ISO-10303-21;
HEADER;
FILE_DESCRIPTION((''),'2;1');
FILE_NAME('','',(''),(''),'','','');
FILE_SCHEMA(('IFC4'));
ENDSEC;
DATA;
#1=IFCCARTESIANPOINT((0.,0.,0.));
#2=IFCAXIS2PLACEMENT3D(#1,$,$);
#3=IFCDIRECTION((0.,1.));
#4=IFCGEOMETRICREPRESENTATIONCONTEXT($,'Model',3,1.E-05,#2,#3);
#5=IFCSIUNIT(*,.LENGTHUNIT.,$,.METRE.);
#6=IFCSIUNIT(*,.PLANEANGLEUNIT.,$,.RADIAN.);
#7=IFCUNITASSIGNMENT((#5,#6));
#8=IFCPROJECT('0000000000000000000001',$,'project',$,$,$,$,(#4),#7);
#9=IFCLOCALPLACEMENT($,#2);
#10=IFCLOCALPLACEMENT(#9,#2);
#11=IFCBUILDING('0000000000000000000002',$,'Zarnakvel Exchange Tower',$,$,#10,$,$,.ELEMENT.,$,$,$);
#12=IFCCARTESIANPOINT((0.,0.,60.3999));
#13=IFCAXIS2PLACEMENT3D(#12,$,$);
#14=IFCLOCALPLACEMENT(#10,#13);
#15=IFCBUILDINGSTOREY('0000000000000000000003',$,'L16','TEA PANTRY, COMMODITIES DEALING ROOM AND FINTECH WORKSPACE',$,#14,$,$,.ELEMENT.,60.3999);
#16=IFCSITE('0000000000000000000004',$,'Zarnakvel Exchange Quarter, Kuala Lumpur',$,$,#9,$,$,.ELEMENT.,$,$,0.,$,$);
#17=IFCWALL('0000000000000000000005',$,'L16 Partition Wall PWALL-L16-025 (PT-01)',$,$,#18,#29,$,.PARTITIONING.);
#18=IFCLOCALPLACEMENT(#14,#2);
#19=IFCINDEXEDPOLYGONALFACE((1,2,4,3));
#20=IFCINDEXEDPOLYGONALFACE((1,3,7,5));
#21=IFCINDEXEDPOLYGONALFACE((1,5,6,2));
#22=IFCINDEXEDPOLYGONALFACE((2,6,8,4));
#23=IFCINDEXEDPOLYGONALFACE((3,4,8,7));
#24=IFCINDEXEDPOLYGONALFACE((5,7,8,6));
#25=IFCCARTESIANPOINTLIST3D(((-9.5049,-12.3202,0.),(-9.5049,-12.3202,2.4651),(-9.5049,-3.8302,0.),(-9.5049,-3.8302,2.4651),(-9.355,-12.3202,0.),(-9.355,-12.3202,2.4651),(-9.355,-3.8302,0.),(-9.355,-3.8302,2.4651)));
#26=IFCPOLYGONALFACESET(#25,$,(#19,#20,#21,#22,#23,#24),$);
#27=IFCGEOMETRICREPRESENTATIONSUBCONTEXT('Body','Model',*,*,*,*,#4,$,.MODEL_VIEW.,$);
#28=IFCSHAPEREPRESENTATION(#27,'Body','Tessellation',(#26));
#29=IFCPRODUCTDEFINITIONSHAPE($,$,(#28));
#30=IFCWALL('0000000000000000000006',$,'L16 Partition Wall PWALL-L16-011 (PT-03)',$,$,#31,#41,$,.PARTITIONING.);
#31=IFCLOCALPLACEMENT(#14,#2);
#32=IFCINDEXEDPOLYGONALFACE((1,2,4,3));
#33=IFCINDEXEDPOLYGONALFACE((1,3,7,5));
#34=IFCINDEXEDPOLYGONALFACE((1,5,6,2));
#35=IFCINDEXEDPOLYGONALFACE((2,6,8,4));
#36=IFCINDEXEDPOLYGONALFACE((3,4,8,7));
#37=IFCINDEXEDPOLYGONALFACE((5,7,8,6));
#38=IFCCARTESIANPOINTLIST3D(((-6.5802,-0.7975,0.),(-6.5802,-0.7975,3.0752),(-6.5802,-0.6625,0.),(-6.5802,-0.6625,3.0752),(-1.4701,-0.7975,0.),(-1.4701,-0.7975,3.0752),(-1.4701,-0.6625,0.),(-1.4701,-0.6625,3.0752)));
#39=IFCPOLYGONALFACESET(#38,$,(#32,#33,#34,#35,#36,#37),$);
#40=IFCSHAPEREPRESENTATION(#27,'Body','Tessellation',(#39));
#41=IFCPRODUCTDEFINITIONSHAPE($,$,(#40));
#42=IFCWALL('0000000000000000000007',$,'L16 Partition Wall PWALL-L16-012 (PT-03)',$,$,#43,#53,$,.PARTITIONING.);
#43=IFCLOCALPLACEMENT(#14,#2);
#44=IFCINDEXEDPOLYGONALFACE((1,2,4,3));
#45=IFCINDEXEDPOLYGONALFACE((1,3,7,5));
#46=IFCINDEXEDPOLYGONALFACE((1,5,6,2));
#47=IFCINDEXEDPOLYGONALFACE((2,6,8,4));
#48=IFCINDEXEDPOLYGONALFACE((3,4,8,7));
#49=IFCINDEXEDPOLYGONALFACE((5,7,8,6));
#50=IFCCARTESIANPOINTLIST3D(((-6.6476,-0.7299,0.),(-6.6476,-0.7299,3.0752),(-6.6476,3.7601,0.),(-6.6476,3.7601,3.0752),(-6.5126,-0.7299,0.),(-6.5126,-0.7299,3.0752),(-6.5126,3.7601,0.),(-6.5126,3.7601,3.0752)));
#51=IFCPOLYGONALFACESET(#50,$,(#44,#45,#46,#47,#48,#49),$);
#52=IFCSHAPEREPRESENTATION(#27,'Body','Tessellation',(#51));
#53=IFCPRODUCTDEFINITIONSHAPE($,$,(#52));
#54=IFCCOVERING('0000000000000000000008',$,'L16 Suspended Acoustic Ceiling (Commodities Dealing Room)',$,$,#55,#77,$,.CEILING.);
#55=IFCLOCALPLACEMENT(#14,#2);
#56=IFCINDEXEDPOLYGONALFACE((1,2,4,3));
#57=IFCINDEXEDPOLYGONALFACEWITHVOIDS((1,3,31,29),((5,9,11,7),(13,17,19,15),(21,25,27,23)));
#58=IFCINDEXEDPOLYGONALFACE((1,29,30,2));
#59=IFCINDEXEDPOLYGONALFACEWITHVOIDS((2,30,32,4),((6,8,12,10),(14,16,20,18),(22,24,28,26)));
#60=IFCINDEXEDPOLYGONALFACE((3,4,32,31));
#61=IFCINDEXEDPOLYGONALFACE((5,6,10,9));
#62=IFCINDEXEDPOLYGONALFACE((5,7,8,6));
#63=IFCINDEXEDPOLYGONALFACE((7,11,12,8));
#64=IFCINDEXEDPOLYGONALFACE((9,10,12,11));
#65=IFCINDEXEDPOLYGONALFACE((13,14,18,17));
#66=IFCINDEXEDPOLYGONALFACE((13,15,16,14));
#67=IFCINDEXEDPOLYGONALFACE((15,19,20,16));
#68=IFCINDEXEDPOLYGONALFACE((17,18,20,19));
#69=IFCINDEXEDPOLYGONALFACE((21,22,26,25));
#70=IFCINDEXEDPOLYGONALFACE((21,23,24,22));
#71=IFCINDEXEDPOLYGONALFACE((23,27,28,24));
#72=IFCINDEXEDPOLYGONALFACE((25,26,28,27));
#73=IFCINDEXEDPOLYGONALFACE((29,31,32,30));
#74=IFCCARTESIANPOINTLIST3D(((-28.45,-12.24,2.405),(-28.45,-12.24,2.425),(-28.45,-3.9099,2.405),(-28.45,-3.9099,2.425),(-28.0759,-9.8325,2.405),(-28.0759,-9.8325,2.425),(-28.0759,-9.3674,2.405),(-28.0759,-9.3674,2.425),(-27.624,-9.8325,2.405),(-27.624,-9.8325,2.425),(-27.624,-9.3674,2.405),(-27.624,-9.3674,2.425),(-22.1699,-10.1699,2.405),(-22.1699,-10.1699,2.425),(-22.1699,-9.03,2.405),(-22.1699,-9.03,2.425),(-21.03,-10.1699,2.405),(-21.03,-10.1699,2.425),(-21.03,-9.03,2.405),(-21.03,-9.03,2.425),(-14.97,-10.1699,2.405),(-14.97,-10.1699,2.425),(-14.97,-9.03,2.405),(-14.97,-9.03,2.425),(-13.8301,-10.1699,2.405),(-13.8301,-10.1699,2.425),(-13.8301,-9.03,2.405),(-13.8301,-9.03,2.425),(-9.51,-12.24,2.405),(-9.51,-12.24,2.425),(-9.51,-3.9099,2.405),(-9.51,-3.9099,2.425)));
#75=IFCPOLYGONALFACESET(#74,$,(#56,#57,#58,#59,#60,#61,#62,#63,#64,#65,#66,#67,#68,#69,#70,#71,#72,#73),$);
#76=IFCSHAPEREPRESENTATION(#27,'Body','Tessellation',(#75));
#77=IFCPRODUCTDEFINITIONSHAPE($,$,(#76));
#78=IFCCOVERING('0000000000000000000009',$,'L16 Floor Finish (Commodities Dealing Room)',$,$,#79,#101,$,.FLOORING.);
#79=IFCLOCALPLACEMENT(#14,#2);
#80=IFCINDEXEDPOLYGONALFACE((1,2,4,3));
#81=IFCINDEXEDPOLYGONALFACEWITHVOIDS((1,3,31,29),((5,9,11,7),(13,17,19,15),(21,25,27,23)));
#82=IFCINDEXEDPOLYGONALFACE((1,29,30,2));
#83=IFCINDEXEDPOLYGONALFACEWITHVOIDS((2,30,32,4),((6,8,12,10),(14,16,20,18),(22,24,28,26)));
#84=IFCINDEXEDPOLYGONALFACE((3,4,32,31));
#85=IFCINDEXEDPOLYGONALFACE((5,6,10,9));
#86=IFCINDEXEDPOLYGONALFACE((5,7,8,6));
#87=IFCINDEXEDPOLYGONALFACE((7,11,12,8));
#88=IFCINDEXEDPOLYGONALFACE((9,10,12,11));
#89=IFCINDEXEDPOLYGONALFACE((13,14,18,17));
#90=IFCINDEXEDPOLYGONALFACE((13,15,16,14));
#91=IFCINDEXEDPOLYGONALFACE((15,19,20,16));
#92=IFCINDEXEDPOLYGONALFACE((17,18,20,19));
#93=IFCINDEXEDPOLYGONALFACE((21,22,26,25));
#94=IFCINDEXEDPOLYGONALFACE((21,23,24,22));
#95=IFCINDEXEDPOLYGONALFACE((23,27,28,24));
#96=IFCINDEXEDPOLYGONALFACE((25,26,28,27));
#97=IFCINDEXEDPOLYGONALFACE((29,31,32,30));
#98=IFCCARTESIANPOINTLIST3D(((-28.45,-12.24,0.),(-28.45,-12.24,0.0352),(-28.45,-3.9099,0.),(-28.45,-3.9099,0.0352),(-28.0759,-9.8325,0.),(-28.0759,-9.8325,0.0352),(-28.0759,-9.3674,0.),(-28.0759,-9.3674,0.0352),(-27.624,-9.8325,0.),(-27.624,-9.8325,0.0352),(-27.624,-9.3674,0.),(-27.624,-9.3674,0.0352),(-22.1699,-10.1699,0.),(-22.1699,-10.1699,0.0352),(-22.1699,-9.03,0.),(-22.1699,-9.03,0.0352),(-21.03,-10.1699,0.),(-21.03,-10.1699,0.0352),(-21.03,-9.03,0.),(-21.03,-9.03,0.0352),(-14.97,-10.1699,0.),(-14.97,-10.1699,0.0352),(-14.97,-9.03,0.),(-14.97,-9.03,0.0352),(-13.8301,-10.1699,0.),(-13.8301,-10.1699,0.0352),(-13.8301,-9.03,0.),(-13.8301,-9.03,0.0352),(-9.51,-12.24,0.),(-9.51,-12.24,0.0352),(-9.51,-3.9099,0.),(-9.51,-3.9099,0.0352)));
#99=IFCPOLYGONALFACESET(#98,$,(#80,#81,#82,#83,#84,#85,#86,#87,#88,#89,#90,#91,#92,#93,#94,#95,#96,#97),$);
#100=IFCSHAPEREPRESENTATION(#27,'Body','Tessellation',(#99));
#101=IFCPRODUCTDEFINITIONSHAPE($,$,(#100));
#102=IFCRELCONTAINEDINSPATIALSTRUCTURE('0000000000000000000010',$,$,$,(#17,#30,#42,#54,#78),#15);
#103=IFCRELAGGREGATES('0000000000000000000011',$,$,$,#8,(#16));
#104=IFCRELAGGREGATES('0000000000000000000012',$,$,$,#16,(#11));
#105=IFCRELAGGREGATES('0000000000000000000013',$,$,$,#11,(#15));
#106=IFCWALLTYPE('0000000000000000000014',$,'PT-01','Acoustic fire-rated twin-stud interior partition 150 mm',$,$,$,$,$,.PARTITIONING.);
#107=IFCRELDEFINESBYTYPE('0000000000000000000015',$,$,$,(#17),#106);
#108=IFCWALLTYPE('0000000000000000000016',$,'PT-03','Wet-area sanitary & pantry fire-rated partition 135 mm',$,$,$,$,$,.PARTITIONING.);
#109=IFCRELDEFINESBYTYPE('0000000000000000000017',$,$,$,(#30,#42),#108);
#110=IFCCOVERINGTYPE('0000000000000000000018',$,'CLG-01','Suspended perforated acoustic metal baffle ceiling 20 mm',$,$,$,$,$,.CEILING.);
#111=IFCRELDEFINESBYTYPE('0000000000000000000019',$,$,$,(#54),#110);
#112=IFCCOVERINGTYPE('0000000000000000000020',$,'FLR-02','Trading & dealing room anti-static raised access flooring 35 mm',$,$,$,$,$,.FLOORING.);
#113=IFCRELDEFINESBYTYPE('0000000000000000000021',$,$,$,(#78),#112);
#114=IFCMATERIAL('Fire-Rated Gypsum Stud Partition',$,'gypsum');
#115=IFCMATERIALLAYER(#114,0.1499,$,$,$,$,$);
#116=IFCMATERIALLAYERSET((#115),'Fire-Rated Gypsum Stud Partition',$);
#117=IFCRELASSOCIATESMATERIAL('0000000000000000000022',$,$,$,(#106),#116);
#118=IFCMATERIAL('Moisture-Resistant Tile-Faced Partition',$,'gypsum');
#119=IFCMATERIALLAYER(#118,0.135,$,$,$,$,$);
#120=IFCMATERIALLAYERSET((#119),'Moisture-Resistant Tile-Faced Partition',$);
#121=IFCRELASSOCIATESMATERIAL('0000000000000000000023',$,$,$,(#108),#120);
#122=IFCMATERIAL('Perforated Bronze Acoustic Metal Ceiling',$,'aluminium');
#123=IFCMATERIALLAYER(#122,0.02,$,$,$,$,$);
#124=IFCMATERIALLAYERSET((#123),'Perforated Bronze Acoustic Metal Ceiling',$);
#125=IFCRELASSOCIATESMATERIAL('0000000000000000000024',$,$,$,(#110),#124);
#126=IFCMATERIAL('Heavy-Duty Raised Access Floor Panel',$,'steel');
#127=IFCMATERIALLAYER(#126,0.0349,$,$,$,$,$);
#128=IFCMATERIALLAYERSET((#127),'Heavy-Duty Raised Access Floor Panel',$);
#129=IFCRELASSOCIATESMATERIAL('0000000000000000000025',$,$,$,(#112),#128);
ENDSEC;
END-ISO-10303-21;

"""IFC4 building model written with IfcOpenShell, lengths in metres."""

from ifc_helpers import new_model, si_unit, direction, frame, frame_2d, origin, place, context, subcontext, project, spatial, polyline, rectangle, outline, extrude, material, layer, layer_set, type_object, element, save


model = new_model("IFC4")

# Units and contexts
model_context = context("Model", 3, precision=1e-05, world=origin(), true_north=direction((0.0, 1.0)))
body_context = subcontext(model_context, "Body", "Model", "MODEL_VIEW")
ifc_project = project(units=[si_unit("LENGTHUNIT", "METRE"), si_unit("PLANEANGLEUNIT", "RADIAN")], contexts=[model_context])

# Site, building, storey
site_placement = place(None, origin())
site = spatial("IfcSite", under=ifc_project, at=site_placement, Name="Zarnakvel Exchange Quarter, Kuala Lumpur", CompositionType="ELEMENT", RefElevation=0.0)
building_placement = place(site_placement, origin())
building = spatial("IfcBuilding", under=site, at=building_placement, Name="Zarnakvel Exchange Tower", CompositionType="ELEMENT")
storey_placement = place(building_placement, frame((0.0, 0.0, 60.3999)))
storey = spatial("IfcBuildingStorey", under=building, at=storey_placement, Name="L16", Description="TEA PANTRY, COMMODITIES DEALING ROOM AND FINTECH WORKSPACE", CompositionType="ELEMENT", Elevation=60.3999)

# Walls
ifc_material_1 = material(Name="Fire-Rated Gypsum Stud Partition", Category="gypsum")
ifc_layer_1 = layer(ifc_material_1, 0.1499)
ifc_layer_set_1 = layer_set([ifc_layer_1], Name="Fire-Rated Gypsum Stud Partition")
wall_type_1 = type_object("IfcWallType", Name="PT-01", Description="Acoustic fire-rated twin-stud interior partition 150 mm", PredefinedType="PARTITIONING", material=ifc_layer_set_1)
wall_1_placement = place(storey_placement, frame((-9.4299, -3.8301, 0.0), z_axis=(0.0, 0.0, 1.0), x_axis=(0.0, -1.0, 0.0)))
element("IfcWall", 1, at=wall_1_placement, inside=storey, type_object=wall_type_1, Name="L16 Partition Wall PWALL-L16-025 (PT-01)", PredefinedType="PARTITIONING", context=body_context, shape_type="SweptSolid", body=[
    extrude(rectangle(XDim=8.49, YDim=0.1499, at=frame_2d((4.2451, 0.0))), origin(), (0.0, 0.0, 1.0), 2.4651),
])
ifc_material_2 = material(Name="Moisture-Resistant Tile-Faced Partition", Category="gypsum")
ifc_layer_2 = layer(ifc_material_2, 0.135)
ifc_layer_set_2 = layer_set([ifc_layer_2], Name="Moisture-Resistant Tile-Faced Partition")
wall_type_2 = type_object("IfcWallType", Name="PT-03", Description="Wet-area sanitary & pantry fire-rated partition 135 mm", PredefinedType="PARTITIONING", material=ifc_layer_set_2)
wall_2_placement = place(storey_placement, frame((-1.47, -0.73, 0.0), z_axis=(0.0, 0.0, 1.0), x_axis=(-1.0, 0.0, 0.0)))
element("IfcWall", 2, at=wall_2_placement, inside=storey, type_object=wall_type_2, Name="L16 Partition Wall PWALL-L16-011 (PT-03)", PredefinedType="PARTITIONING", context=body_context, shape_type="SweptSolid", body=[
    extrude(rectangle(XDim=5.1101, YDim=0.135, at=frame_2d((2.5552, 0.0))), origin(), (0.0, 0.0, 1.0), 3.0752),
])
wall_3_placement = place(storey_placement, frame((-6.5801, -0.73, 0.0), z_axis=(0.0, 0.0, 1.0), x_axis=(0.0, 1.0, 0.0)))
element("IfcWall", 3, at=wall_3_placement, inside=storey, type_object=wall_type_2, Name="L16 Partition Wall PWALL-L16-012 (PT-03)", PredefinedType="PARTITIONING", context=body_context, shape_type="SweptSolid", body=[
    extrude(rectangle(XDim=4.49, YDim=0.135, at=frame_2d((2.2451, 0.0))), origin(), (0.0, 0.0, 1.0), 3.0752),
])

# Coverings
ifc_material_3 = material(Name="Perforated Bronze Acoustic Metal Ceiling", Category="aluminium")
ifc_layer_3 = layer(ifc_material_3, 0.02)
ifc_layer_set_3 = layer_set([ifc_layer_3], Name="Perforated Bronze Acoustic Metal Ceiling")
covering_type_1 = type_object("IfcCoveringType", Name="CLG-01", Description="Suspended perforated acoustic metal baffle ceiling 20 mm", PredefinedType="CEILING", material=ifc_layer_set_3)
covering_1_placement = place(storey_placement, frame((0.0, 0.0, 2.405)))
element("IfcCovering", 4, at=covering_1_placement, inside=storey, type_object=covering_type_1, Name="L16 Suspended Acoustic Ceiling (Commodities Dealing Room)", PredefinedType="CEILING", context=body_context, shape_type="SweptSolid", body=[
    extrude(outline(polyline([(-28.45, -3.9099), (-9.51, -3.9099), (-9.51, -12.24), (-28.45, -12.24), (-28.45, -3.9099)]), holes=[polyline([(-13.8301, -10.1699), (-13.8301, -9.03), (-14.97, -9.03), (-14.97, -10.1699), (-13.8301, -10.1699)]), polyline([(-21.03, -10.1699), (-21.03, -9.03), (-22.1699, -9.03), (-22.1699, -10.1699), (-21.03, -10.1699)]), polyline([(-28.0759, -9.8325), (-27.624, -9.8325), (-27.624, -9.3674), (-28.0759, -9.3674), (-28.0759, -9.8325)])]), origin(), (0.0, 0.0, 1.0), 0.02),
])
ifc_material_4 = material(Name="Heavy-Duty Raised Access Floor Panel", Category="steel")
ifc_layer_4 = layer(ifc_material_4, 0.0349)
ifc_layer_set_4 = layer_set([ifc_layer_4], Name="Heavy-Duty Raised Access Floor Panel")
covering_type_2 = type_object("IfcCoveringType", Name="FLR-02", Description="Trading & dealing room anti-static raised access flooring 35 mm", PredefinedType="FLOORING", material=ifc_layer_set_4)
covering_2_placement = place(storey_placement, origin())
element("IfcCovering", 5, at=covering_2_placement, inside=storey, type_object=covering_type_2, Name="L16 Floor Finish (Commodities Dealing Room)", PredefinedType="FLOORING", context=body_context, shape_type="SweptSolid", body=[
    extrude(outline(polyline([(-28.45, -3.9099), (-9.51, -3.9099), (-9.51, -12.24), (-28.45, -12.24), (-28.45, -3.9099)]), holes=[polyline([(-13.8301, -10.1699), (-13.8301, -9.03), (-14.97, -9.03), (-14.97, -10.1699), (-13.8301, -10.1699)]), polyline([(-21.03, -10.1699), (-21.03, -9.03), (-22.1699, -9.03), (-22.1699, -10.1699), (-21.03, -10.1699)]), polyline([(-28.0759, -9.8325), (-27.624, -9.8325), (-27.624, -9.3674), (-28.0759, -9.3674), (-28.0759, -9.8325)])]), origin(), (0.0, 0.0, 1.0), 0.0352),
])

save(model, "model.ifc")
